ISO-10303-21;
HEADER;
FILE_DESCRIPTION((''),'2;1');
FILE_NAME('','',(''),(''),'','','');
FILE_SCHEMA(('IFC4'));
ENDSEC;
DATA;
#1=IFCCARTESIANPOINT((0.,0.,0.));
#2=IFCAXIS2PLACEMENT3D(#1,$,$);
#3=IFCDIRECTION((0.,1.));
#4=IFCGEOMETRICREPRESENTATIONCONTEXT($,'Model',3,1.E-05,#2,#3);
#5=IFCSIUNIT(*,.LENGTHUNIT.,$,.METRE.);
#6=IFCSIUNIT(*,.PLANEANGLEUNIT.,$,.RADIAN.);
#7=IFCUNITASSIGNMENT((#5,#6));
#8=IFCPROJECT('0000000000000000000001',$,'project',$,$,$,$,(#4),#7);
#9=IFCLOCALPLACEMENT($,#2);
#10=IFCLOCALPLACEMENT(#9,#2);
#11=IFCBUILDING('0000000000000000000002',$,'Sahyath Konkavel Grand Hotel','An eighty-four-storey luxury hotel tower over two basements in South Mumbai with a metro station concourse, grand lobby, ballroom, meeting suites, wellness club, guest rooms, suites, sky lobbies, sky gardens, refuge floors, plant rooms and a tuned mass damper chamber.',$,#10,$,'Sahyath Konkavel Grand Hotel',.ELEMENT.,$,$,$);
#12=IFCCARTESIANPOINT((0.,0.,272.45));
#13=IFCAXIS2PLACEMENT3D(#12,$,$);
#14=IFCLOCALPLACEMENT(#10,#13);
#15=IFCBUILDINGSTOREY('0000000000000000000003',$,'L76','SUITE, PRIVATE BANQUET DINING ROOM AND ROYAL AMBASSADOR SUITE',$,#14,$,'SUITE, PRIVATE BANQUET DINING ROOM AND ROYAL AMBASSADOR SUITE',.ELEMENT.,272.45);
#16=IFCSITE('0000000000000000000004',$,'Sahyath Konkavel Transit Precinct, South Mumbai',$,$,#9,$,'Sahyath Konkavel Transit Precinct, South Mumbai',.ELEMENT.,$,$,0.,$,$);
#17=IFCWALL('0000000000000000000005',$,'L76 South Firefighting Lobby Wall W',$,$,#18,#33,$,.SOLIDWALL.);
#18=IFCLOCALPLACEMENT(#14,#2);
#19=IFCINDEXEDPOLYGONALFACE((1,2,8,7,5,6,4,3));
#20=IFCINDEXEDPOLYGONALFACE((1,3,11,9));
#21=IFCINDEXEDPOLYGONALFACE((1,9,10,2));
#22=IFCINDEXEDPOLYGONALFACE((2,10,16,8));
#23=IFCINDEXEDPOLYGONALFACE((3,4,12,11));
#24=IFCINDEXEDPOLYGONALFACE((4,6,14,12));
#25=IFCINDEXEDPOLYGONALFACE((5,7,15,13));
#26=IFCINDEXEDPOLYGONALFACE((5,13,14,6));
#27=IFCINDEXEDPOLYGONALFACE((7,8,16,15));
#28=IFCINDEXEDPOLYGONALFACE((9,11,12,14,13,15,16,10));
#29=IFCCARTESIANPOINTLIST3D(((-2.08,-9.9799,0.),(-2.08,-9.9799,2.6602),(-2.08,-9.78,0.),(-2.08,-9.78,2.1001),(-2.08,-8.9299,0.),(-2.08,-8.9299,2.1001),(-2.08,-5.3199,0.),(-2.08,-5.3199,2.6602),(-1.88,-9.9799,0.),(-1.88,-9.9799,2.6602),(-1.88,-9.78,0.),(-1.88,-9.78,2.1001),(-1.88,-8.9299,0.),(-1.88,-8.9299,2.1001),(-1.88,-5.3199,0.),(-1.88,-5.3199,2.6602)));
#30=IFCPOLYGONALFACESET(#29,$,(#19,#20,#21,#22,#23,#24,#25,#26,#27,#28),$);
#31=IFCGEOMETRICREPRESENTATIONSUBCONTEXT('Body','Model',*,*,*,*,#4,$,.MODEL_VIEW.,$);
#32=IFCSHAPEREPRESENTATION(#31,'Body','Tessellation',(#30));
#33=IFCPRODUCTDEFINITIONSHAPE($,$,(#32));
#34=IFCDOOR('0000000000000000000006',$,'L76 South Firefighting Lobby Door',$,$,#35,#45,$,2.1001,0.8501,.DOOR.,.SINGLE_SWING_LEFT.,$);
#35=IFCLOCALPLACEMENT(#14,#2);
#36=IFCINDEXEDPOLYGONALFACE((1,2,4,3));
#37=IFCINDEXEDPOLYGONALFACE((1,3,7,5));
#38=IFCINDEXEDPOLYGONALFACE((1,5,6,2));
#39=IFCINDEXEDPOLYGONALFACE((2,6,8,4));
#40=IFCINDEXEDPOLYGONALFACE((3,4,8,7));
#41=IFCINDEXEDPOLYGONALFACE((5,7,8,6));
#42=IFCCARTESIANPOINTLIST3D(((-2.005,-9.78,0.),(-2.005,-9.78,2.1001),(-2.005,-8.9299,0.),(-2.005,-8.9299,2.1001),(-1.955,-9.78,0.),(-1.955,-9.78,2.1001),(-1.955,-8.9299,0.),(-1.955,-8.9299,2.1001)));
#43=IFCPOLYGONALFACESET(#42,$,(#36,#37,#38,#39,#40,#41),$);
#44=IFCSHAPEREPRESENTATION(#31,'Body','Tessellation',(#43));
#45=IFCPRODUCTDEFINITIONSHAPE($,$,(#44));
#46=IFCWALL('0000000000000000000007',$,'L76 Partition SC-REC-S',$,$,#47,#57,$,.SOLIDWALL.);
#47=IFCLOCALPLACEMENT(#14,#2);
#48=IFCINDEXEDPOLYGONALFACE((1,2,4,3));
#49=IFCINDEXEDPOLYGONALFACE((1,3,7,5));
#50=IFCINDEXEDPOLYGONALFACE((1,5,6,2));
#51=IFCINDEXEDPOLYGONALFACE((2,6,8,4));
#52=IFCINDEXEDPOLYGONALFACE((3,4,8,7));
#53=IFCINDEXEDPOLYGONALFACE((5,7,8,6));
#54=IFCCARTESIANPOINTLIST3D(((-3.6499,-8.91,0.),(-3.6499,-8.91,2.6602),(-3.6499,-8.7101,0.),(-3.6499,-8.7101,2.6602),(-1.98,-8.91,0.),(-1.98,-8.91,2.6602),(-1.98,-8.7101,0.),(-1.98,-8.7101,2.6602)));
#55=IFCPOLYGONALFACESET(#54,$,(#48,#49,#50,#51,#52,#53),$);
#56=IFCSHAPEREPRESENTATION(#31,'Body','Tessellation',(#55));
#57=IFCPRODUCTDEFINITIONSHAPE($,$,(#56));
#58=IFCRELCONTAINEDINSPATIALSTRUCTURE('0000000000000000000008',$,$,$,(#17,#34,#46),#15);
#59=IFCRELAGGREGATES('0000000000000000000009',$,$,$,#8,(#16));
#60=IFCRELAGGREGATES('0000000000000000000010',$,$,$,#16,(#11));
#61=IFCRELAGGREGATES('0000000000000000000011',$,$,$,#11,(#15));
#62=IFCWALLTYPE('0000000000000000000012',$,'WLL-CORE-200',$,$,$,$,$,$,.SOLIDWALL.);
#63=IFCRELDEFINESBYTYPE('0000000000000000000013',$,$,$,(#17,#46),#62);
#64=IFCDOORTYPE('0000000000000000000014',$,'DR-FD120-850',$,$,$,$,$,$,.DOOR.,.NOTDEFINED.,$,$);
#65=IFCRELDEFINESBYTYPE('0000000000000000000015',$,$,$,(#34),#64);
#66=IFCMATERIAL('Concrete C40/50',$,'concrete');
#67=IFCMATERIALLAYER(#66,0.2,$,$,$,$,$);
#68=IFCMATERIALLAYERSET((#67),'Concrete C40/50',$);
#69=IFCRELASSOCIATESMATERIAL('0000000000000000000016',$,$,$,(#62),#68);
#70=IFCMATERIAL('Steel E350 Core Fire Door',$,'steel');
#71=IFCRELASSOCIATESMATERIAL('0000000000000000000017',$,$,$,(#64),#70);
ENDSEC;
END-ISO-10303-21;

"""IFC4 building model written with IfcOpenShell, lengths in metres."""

from ifc_helpers import new_model, si_unit, direction, frame, frame_2d, origin, origin_2d, place, context, subcontext, project, spatial, rectangle, extrude, source, transform, mapped, material, layer, layer_set, type_object, element, fill, save


model = new_model("IFC4")

# Units and contexts
model_context = context("Model", 3, precision=1e-05, world=origin(), true_north=direction((0.0, 1.0)))
body_context = subcontext(model_context, "Body", "Model", "MODEL_VIEW")
ifc_project = project(units=[si_unit("LENGTHUNIT", "METRE"), si_unit("PLANEANGLEUNIT", "RADIAN")], contexts=[model_context])

# Site, building, storey
site_placement = place(None, origin())
site = spatial("IfcSite", under=ifc_project, at=site_placement, Name="Sahyath Konkavel Transit Precinct, South Mumbai", LongName="Sahyath Konkavel Transit Precinct, South Mumbai", CompositionType="ELEMENT", RefElevation=0.0)
building_placement = place(site_placement, origin())
building = spatial("IfcBuilding", under=site, at=building_placement, Name="Sahyath Konkavel Grand Hotel", Description="An eighty-four-storey luxury hotel tower over two basements in South Mumbai with a metro station concourse, grand lobby, ballroom, meeting suites, wellness club, guest rooms, suites, sky lobbies, sky gardens, refuge floors, plant rooms and a tuned mass damper chamber.", LongName="Sahyath Konkavel Grand Hotel", CompositionType="ELEMENT")
storey_placement = place(building_placement, frame((0.0, 0.0, 272.45)))
storey = spatial("IfcBuildingStorey", under=building, at=storey_placement, Name="L76", Description="SUITE, PRIVATE BANQUET DINING ROOM AND ROYAL AMBASSADOR SUITE", LongName="SUITE, PRIVATE BANQUET DINING ROOM AND ROYAL AMBASSADOR SUITE", CompositionType="ELEMENT", Elevation=272.45)

# Shared definitions
ifc_material_1 = material(Name="Concrete C40/50", Category="concrete")

# Wall, opening, door
ifc_layer_1 = layer(ifc_material_1, 0.2)
ifc_layer_set_1 = layer_set([ifc_layer_1], Name="Concrete C40/50")
wall_type_1 = type_object("IfcWallType", Name="WLL-CORE-200", PredefinedType="SOLIDWALL", material=ifc_layer_set_1)
wall_1_placement = place(storey_placement, frame((-1.98, -9.98, 0.0), z_axis=(0.0, 0.0, 1.0), x_axis=(0.0, 1.0, 0.0)))
wall_1 = element("IfcWall", 1, at=wall_1_placement, inside=storey, type_object=wall_type_1, Name="L76 South Firefighting Lobby Wall W", PredefinedType="SOLIDWALL", context=body_context, shape_type="SweptSolid", body=[
    extrude(rectangle(XDim=4.6599, YDim=0.2, at=frame_2d((2.3301, 0.0))), origin(), (0.0, 0.0, 1.0), 2.6602),
])
opening_1_placement = place(wall_1_placement, frame((0.2, 0.0, 0.0)))
opening_1 = element("IfcOpeningElement", 2, at=opening_1_placement, cuts=wall_1, PredefinedType="OPENING", context=body_context, shape_type="SweptSolid", body=[
    extrude(rectangle(XDim=0.8501, YDim=2.1001, at=frame_2d((0.425, 1.05))), frame((0.0, 0.1099, 0.0), z_axis=(0.0, -1.0, 0.0), x_axis=(1.0, 0.0, 0.0)), (0.0, 0.0, 1.0), 0.22),
])
ifc_material_2 = material(Name="Steel E350 Core Fire Door", Category="steel")
door_type_1 = type_object("IfcDoorType", Name="DR-FD120-850", OperationType="NOTDEFINED", PredefinedType="DOOR", material=ifc_material_2)
shared_shape_1 = source(origin(), body_context, "Body", "SweptSolid", [
    extrude(rectangle(XDim=0.8501, YDim=0.05, at=origin_2d()), origin(), (0.0, 0.0, 1.0), 2.1001),
])
door_1_placement = place(opening_1_placement, frame((0.425, 0.0, 0.0)))
door_1 = element("IfcDoor", 3, at=door_1_placement, inside=storey, type_object=door_type_1, Name="L76 South Firefighting Lobby Door", OperationType="SINGLE_SWING_LEFT", OverallHeight=2.1001, OverallWidth=0.8501, PredefinedType="DOOR", context=body_context, shape_type="MappedRepresentation", body=[
    mapped(shared_shape_1, transform((0.0, 0.0, 0.0), scale=1.0)),
])
fill(opening_1, door_1)

# Wall
wall_2_placement = place(storey_placement, frame((-3.6499, -8.8101, 0.0), z_axis=(0.0, 0.0, 1.0), x_axis=(1.0, 0.0, 0.0)))
element("IfcWall", 4, at=wall_2_placement, inside=storey, type_object=wall_type_1, Name="L76 Partition SC-REC-S", PredefinedType="SOLIDWALL", context=body_context, shape_type="SweptSolid", body=[
    extrude(rectangle(XDim=1.6699, YDim=0.2, at=frame_2d((0.835, 0.0))), origin(), (0.0, 0.0, 1.0), 2.6602),
])

save(model, "model.ifc")
